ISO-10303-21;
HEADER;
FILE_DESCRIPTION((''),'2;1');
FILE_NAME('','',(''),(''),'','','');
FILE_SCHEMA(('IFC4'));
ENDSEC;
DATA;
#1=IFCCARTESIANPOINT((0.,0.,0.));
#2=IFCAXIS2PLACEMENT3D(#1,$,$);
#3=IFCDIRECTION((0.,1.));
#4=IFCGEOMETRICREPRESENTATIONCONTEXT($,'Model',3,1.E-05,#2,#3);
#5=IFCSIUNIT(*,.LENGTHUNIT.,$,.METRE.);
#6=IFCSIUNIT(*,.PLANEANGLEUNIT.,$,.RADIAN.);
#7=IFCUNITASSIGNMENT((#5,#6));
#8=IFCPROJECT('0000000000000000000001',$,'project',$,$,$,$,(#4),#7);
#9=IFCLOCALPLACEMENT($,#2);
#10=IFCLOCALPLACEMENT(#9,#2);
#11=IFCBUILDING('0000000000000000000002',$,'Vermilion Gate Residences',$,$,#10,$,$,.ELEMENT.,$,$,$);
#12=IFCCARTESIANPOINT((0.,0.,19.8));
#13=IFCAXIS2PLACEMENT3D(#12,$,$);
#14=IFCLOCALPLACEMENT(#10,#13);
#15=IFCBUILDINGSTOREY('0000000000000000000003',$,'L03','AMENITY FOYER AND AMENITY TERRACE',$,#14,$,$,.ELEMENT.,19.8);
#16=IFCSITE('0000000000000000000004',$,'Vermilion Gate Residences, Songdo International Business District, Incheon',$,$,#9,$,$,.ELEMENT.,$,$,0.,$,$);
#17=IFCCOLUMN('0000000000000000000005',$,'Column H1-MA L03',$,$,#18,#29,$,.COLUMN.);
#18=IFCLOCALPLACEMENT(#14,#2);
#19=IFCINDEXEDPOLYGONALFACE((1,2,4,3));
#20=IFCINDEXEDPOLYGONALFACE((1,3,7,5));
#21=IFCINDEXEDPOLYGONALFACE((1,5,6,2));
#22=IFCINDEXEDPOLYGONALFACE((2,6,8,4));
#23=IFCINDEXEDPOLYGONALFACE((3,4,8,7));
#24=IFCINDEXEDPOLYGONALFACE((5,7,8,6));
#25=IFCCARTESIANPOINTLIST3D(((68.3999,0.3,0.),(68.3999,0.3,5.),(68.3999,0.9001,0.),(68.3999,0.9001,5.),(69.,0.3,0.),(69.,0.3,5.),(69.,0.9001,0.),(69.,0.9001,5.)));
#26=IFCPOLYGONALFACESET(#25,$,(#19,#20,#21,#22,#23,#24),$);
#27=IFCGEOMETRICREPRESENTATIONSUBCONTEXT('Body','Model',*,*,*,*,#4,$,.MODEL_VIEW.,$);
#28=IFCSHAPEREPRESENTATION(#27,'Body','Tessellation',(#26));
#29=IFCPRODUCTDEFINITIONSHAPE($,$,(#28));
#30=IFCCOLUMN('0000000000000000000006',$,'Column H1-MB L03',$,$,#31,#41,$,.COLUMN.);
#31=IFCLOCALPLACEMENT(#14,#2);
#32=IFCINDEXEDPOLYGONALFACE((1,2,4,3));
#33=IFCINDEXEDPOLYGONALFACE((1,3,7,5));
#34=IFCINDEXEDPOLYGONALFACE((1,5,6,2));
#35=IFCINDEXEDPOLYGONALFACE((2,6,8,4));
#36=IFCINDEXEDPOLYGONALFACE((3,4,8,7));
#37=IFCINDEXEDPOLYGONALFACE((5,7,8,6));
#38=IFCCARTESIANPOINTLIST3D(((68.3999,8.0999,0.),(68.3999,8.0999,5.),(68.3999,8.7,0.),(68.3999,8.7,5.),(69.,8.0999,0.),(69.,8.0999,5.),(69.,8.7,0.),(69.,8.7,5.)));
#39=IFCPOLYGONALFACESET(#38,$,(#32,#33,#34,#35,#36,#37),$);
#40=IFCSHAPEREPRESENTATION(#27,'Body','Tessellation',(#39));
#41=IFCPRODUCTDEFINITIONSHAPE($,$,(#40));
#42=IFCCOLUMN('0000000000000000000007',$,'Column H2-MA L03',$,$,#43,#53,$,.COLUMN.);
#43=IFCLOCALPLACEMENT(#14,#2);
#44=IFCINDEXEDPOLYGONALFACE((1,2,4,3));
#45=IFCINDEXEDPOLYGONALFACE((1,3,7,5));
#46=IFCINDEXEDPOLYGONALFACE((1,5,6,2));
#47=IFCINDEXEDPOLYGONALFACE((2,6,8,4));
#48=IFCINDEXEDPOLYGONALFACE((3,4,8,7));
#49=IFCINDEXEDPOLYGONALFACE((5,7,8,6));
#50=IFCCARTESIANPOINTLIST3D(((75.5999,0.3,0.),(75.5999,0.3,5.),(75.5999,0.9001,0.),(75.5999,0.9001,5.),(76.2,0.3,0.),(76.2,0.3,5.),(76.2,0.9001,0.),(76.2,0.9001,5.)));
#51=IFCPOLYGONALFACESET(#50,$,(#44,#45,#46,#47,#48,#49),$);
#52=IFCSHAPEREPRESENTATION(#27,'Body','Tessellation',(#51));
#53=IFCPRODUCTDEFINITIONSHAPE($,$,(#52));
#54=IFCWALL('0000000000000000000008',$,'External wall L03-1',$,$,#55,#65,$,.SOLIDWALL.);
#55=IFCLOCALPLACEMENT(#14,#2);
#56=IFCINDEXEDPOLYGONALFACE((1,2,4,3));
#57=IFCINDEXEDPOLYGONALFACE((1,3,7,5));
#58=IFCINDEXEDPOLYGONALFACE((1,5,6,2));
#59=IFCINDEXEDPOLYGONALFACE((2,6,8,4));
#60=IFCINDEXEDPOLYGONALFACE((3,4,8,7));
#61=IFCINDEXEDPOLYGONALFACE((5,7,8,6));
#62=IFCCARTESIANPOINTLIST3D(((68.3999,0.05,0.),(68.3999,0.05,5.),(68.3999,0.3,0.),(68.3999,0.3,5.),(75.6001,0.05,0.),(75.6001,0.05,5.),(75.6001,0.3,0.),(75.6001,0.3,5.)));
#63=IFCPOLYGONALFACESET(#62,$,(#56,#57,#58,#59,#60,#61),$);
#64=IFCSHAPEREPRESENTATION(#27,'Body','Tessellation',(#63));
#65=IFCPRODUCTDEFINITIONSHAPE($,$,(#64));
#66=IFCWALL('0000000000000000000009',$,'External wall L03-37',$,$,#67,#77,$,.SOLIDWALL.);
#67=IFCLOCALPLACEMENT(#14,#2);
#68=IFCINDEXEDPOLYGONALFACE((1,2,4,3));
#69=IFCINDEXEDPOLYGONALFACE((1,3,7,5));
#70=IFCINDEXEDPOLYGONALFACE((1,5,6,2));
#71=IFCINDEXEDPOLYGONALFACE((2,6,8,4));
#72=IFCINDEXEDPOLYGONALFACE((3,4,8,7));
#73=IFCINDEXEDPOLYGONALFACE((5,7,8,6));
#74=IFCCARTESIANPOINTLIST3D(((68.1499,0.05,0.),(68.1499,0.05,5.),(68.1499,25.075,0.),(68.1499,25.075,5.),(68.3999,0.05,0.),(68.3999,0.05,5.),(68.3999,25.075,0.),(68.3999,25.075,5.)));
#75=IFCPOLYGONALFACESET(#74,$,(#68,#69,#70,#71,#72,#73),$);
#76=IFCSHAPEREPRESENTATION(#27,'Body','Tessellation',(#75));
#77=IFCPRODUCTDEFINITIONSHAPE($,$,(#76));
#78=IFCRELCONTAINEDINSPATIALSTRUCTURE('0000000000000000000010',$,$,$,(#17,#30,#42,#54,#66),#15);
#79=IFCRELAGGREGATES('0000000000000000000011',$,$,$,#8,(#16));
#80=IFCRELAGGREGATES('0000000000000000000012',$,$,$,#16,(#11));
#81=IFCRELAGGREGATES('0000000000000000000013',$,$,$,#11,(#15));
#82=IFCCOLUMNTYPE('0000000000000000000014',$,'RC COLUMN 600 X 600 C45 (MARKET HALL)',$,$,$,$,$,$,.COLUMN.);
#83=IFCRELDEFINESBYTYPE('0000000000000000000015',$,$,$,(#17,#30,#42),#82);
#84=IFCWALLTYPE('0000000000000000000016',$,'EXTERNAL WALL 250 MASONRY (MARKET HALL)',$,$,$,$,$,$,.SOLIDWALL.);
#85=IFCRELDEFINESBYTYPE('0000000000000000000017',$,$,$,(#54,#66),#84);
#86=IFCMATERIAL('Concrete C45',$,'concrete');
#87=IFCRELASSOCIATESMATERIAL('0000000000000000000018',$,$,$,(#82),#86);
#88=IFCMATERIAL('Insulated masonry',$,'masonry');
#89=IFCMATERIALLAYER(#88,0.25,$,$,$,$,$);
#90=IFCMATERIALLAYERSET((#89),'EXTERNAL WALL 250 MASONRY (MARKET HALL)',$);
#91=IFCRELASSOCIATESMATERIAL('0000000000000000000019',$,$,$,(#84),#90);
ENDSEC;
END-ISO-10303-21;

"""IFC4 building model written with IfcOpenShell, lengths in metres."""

from ifc_helpers import new_model, si_unit, direction, frame, frame_2d, origin, origin_2d, place, context, subcontext, project, spatial, rectangle, extrude, material, layer, layer_set, material_profile, profile_set, type_object, element, save


model = new_model("IFC4")

# Units and contexts
model_context = context("Model", 3, precision=1e-05, world=origin(), true_north=direction((0.0, 1.0)))
body_context = subcontext(model_context, "Body", "Model", "MODEL_VIEW")
ifc_project = project(units=[si_unit("LENGTHUNIT", "METRE"), si_unit("PLANEANGLEUNIT", "RADIAN")], contexts=[model_context])

# Site, building, storey
site_placement = place(None, origin())
site = spatial("IfcSite", under=ifc_project, at=site_placement, Name="Vermilion Gate Residences, Songdo International Business District, Incheon", CompositionType="ELEMENT", RefElevation=0.0)
building_placement = place(site_placement, origin())
building = spatial("IfcBuilding", under=site, at=building_placement, Name="Vermilion Gate Residences", CompositionType="ELEMENT")
storey_placement = place(building_placement, frame((0.0, 0.0, 19.8)))
storey = spatial("IfcBuildingStorey", under=building, at=storey_placement, Name="L03", Description="AMENITY FOYER AND AMENITY TERRACE", CompositionType="ELEMENT", Elevation=19.8)

# Columns
ifc_material_1 = material(Name="Concrete C45", Category="concrete")
ifc_material_profile = material_profile(ifc_material_1, rectangle(XDim=0.6001, YDim=0.6001, at=origin_2d()), Name="RC COLUMN 600 X 600 C45 (MARKET HALL)")
ifc_profile_set = profile_set([ifc_material_profile], Name="Concrete C45")
column_type = type_object("IfcColumnType", Name="RC COLUMN 600 X 600 C45 (MARKET HALL)", PredefinedType="COLUMN", material=ifc_profile_set)
for number, where, z_axis, x_axis, name in (
    (1, (68.7, 0.6001, 0.0), (0.0, 0.0, 1.0), (1.0, 0.0, 0.0), "Column H1-MA L03"),
    (2, (68.7, 8.3999, 0.0), (0.0, 0.0, 1.0), (1.0, 0.0, 0.0), "Column H1-MB L03"),
    (3, (75.8999, 0.6001, 0.0), (0.0, 0.0, 1.0), (1.0, 0.0, 0.0), "Column H2-MA L03"),
):
    element("IfcColumn", number, at=place(storey_placement, frame(where, z_axis=z_axis, x_axis=x_axis)), inside=storey, type_object=column_type, Name=name, PredefinedType="COLUMN", context=body_context, shape_type="SweptSolid", body=[
        extrude(rectangle(XDim=0.6001, YDim=0.6001, at=origin_2d()), origin(), (0.0, 0.0, 1.0), 5.0),
    ])

# Walls
ifc_material_2 = material(Name="Insulated masonry", Category="masonry")
ifc_layer_1 = layer(ifc_material_2, 0.25)
ifc_layer_set_1 = layer_set([ifc_layer_1], Name="EXTERNAL WALL 250 MASONRY (MARKET HALL)")
wall_type_1 = type_object("IfcWallType", Name="EXTERNAL WALL 250 MASONRY (MARKET HALL)", PredefinedType="SOLIDWALL", material=ifc_layer_set_1)
wall_1_placement = place(storey_placement, frame((68.3999, 0.175, 0.0), z_axis=(0.0, 0.0, 1.0), x_axis=(1.0, 0.0, 0.0)))
element("IfcWall", 4, at=wall_1_placement, inside=storey, type_object=wall_type_1, Name="External wall L03-1", PredefinedType="SOLIDWALL", context=body_context, shape_type="SweptSolid", body=[
    extrude(rectangle(XDim=7.2002, YDim=0.25, at=frame_2d((3.6001, 0.0))), origin(), (0.0, 0.0, 1.0), 5.0),
])
wall_2_placement = place(storey_placement, frame((68.2749, 0.05, 0.0), z_axis=(0.0, 0.0, 1.0), x_axis=(0.0, 1.0, 0.0)))
element("IfcWall", 5, at=wall_2_placement, inside=storey, type_object=wall_type_1, Name="External wall L03-37", PredefinedType="SOLIDWALL", context=body_context, shape_type="SweptSolid", body=[
    extrude(rectangle(XDim=25.0249, YDim=0.25, at=frame_2d((12.5125, 0.0))), origin(), (0.0, 0.0, 1.0), 5.0),
])

save(model, "model.ifc")
